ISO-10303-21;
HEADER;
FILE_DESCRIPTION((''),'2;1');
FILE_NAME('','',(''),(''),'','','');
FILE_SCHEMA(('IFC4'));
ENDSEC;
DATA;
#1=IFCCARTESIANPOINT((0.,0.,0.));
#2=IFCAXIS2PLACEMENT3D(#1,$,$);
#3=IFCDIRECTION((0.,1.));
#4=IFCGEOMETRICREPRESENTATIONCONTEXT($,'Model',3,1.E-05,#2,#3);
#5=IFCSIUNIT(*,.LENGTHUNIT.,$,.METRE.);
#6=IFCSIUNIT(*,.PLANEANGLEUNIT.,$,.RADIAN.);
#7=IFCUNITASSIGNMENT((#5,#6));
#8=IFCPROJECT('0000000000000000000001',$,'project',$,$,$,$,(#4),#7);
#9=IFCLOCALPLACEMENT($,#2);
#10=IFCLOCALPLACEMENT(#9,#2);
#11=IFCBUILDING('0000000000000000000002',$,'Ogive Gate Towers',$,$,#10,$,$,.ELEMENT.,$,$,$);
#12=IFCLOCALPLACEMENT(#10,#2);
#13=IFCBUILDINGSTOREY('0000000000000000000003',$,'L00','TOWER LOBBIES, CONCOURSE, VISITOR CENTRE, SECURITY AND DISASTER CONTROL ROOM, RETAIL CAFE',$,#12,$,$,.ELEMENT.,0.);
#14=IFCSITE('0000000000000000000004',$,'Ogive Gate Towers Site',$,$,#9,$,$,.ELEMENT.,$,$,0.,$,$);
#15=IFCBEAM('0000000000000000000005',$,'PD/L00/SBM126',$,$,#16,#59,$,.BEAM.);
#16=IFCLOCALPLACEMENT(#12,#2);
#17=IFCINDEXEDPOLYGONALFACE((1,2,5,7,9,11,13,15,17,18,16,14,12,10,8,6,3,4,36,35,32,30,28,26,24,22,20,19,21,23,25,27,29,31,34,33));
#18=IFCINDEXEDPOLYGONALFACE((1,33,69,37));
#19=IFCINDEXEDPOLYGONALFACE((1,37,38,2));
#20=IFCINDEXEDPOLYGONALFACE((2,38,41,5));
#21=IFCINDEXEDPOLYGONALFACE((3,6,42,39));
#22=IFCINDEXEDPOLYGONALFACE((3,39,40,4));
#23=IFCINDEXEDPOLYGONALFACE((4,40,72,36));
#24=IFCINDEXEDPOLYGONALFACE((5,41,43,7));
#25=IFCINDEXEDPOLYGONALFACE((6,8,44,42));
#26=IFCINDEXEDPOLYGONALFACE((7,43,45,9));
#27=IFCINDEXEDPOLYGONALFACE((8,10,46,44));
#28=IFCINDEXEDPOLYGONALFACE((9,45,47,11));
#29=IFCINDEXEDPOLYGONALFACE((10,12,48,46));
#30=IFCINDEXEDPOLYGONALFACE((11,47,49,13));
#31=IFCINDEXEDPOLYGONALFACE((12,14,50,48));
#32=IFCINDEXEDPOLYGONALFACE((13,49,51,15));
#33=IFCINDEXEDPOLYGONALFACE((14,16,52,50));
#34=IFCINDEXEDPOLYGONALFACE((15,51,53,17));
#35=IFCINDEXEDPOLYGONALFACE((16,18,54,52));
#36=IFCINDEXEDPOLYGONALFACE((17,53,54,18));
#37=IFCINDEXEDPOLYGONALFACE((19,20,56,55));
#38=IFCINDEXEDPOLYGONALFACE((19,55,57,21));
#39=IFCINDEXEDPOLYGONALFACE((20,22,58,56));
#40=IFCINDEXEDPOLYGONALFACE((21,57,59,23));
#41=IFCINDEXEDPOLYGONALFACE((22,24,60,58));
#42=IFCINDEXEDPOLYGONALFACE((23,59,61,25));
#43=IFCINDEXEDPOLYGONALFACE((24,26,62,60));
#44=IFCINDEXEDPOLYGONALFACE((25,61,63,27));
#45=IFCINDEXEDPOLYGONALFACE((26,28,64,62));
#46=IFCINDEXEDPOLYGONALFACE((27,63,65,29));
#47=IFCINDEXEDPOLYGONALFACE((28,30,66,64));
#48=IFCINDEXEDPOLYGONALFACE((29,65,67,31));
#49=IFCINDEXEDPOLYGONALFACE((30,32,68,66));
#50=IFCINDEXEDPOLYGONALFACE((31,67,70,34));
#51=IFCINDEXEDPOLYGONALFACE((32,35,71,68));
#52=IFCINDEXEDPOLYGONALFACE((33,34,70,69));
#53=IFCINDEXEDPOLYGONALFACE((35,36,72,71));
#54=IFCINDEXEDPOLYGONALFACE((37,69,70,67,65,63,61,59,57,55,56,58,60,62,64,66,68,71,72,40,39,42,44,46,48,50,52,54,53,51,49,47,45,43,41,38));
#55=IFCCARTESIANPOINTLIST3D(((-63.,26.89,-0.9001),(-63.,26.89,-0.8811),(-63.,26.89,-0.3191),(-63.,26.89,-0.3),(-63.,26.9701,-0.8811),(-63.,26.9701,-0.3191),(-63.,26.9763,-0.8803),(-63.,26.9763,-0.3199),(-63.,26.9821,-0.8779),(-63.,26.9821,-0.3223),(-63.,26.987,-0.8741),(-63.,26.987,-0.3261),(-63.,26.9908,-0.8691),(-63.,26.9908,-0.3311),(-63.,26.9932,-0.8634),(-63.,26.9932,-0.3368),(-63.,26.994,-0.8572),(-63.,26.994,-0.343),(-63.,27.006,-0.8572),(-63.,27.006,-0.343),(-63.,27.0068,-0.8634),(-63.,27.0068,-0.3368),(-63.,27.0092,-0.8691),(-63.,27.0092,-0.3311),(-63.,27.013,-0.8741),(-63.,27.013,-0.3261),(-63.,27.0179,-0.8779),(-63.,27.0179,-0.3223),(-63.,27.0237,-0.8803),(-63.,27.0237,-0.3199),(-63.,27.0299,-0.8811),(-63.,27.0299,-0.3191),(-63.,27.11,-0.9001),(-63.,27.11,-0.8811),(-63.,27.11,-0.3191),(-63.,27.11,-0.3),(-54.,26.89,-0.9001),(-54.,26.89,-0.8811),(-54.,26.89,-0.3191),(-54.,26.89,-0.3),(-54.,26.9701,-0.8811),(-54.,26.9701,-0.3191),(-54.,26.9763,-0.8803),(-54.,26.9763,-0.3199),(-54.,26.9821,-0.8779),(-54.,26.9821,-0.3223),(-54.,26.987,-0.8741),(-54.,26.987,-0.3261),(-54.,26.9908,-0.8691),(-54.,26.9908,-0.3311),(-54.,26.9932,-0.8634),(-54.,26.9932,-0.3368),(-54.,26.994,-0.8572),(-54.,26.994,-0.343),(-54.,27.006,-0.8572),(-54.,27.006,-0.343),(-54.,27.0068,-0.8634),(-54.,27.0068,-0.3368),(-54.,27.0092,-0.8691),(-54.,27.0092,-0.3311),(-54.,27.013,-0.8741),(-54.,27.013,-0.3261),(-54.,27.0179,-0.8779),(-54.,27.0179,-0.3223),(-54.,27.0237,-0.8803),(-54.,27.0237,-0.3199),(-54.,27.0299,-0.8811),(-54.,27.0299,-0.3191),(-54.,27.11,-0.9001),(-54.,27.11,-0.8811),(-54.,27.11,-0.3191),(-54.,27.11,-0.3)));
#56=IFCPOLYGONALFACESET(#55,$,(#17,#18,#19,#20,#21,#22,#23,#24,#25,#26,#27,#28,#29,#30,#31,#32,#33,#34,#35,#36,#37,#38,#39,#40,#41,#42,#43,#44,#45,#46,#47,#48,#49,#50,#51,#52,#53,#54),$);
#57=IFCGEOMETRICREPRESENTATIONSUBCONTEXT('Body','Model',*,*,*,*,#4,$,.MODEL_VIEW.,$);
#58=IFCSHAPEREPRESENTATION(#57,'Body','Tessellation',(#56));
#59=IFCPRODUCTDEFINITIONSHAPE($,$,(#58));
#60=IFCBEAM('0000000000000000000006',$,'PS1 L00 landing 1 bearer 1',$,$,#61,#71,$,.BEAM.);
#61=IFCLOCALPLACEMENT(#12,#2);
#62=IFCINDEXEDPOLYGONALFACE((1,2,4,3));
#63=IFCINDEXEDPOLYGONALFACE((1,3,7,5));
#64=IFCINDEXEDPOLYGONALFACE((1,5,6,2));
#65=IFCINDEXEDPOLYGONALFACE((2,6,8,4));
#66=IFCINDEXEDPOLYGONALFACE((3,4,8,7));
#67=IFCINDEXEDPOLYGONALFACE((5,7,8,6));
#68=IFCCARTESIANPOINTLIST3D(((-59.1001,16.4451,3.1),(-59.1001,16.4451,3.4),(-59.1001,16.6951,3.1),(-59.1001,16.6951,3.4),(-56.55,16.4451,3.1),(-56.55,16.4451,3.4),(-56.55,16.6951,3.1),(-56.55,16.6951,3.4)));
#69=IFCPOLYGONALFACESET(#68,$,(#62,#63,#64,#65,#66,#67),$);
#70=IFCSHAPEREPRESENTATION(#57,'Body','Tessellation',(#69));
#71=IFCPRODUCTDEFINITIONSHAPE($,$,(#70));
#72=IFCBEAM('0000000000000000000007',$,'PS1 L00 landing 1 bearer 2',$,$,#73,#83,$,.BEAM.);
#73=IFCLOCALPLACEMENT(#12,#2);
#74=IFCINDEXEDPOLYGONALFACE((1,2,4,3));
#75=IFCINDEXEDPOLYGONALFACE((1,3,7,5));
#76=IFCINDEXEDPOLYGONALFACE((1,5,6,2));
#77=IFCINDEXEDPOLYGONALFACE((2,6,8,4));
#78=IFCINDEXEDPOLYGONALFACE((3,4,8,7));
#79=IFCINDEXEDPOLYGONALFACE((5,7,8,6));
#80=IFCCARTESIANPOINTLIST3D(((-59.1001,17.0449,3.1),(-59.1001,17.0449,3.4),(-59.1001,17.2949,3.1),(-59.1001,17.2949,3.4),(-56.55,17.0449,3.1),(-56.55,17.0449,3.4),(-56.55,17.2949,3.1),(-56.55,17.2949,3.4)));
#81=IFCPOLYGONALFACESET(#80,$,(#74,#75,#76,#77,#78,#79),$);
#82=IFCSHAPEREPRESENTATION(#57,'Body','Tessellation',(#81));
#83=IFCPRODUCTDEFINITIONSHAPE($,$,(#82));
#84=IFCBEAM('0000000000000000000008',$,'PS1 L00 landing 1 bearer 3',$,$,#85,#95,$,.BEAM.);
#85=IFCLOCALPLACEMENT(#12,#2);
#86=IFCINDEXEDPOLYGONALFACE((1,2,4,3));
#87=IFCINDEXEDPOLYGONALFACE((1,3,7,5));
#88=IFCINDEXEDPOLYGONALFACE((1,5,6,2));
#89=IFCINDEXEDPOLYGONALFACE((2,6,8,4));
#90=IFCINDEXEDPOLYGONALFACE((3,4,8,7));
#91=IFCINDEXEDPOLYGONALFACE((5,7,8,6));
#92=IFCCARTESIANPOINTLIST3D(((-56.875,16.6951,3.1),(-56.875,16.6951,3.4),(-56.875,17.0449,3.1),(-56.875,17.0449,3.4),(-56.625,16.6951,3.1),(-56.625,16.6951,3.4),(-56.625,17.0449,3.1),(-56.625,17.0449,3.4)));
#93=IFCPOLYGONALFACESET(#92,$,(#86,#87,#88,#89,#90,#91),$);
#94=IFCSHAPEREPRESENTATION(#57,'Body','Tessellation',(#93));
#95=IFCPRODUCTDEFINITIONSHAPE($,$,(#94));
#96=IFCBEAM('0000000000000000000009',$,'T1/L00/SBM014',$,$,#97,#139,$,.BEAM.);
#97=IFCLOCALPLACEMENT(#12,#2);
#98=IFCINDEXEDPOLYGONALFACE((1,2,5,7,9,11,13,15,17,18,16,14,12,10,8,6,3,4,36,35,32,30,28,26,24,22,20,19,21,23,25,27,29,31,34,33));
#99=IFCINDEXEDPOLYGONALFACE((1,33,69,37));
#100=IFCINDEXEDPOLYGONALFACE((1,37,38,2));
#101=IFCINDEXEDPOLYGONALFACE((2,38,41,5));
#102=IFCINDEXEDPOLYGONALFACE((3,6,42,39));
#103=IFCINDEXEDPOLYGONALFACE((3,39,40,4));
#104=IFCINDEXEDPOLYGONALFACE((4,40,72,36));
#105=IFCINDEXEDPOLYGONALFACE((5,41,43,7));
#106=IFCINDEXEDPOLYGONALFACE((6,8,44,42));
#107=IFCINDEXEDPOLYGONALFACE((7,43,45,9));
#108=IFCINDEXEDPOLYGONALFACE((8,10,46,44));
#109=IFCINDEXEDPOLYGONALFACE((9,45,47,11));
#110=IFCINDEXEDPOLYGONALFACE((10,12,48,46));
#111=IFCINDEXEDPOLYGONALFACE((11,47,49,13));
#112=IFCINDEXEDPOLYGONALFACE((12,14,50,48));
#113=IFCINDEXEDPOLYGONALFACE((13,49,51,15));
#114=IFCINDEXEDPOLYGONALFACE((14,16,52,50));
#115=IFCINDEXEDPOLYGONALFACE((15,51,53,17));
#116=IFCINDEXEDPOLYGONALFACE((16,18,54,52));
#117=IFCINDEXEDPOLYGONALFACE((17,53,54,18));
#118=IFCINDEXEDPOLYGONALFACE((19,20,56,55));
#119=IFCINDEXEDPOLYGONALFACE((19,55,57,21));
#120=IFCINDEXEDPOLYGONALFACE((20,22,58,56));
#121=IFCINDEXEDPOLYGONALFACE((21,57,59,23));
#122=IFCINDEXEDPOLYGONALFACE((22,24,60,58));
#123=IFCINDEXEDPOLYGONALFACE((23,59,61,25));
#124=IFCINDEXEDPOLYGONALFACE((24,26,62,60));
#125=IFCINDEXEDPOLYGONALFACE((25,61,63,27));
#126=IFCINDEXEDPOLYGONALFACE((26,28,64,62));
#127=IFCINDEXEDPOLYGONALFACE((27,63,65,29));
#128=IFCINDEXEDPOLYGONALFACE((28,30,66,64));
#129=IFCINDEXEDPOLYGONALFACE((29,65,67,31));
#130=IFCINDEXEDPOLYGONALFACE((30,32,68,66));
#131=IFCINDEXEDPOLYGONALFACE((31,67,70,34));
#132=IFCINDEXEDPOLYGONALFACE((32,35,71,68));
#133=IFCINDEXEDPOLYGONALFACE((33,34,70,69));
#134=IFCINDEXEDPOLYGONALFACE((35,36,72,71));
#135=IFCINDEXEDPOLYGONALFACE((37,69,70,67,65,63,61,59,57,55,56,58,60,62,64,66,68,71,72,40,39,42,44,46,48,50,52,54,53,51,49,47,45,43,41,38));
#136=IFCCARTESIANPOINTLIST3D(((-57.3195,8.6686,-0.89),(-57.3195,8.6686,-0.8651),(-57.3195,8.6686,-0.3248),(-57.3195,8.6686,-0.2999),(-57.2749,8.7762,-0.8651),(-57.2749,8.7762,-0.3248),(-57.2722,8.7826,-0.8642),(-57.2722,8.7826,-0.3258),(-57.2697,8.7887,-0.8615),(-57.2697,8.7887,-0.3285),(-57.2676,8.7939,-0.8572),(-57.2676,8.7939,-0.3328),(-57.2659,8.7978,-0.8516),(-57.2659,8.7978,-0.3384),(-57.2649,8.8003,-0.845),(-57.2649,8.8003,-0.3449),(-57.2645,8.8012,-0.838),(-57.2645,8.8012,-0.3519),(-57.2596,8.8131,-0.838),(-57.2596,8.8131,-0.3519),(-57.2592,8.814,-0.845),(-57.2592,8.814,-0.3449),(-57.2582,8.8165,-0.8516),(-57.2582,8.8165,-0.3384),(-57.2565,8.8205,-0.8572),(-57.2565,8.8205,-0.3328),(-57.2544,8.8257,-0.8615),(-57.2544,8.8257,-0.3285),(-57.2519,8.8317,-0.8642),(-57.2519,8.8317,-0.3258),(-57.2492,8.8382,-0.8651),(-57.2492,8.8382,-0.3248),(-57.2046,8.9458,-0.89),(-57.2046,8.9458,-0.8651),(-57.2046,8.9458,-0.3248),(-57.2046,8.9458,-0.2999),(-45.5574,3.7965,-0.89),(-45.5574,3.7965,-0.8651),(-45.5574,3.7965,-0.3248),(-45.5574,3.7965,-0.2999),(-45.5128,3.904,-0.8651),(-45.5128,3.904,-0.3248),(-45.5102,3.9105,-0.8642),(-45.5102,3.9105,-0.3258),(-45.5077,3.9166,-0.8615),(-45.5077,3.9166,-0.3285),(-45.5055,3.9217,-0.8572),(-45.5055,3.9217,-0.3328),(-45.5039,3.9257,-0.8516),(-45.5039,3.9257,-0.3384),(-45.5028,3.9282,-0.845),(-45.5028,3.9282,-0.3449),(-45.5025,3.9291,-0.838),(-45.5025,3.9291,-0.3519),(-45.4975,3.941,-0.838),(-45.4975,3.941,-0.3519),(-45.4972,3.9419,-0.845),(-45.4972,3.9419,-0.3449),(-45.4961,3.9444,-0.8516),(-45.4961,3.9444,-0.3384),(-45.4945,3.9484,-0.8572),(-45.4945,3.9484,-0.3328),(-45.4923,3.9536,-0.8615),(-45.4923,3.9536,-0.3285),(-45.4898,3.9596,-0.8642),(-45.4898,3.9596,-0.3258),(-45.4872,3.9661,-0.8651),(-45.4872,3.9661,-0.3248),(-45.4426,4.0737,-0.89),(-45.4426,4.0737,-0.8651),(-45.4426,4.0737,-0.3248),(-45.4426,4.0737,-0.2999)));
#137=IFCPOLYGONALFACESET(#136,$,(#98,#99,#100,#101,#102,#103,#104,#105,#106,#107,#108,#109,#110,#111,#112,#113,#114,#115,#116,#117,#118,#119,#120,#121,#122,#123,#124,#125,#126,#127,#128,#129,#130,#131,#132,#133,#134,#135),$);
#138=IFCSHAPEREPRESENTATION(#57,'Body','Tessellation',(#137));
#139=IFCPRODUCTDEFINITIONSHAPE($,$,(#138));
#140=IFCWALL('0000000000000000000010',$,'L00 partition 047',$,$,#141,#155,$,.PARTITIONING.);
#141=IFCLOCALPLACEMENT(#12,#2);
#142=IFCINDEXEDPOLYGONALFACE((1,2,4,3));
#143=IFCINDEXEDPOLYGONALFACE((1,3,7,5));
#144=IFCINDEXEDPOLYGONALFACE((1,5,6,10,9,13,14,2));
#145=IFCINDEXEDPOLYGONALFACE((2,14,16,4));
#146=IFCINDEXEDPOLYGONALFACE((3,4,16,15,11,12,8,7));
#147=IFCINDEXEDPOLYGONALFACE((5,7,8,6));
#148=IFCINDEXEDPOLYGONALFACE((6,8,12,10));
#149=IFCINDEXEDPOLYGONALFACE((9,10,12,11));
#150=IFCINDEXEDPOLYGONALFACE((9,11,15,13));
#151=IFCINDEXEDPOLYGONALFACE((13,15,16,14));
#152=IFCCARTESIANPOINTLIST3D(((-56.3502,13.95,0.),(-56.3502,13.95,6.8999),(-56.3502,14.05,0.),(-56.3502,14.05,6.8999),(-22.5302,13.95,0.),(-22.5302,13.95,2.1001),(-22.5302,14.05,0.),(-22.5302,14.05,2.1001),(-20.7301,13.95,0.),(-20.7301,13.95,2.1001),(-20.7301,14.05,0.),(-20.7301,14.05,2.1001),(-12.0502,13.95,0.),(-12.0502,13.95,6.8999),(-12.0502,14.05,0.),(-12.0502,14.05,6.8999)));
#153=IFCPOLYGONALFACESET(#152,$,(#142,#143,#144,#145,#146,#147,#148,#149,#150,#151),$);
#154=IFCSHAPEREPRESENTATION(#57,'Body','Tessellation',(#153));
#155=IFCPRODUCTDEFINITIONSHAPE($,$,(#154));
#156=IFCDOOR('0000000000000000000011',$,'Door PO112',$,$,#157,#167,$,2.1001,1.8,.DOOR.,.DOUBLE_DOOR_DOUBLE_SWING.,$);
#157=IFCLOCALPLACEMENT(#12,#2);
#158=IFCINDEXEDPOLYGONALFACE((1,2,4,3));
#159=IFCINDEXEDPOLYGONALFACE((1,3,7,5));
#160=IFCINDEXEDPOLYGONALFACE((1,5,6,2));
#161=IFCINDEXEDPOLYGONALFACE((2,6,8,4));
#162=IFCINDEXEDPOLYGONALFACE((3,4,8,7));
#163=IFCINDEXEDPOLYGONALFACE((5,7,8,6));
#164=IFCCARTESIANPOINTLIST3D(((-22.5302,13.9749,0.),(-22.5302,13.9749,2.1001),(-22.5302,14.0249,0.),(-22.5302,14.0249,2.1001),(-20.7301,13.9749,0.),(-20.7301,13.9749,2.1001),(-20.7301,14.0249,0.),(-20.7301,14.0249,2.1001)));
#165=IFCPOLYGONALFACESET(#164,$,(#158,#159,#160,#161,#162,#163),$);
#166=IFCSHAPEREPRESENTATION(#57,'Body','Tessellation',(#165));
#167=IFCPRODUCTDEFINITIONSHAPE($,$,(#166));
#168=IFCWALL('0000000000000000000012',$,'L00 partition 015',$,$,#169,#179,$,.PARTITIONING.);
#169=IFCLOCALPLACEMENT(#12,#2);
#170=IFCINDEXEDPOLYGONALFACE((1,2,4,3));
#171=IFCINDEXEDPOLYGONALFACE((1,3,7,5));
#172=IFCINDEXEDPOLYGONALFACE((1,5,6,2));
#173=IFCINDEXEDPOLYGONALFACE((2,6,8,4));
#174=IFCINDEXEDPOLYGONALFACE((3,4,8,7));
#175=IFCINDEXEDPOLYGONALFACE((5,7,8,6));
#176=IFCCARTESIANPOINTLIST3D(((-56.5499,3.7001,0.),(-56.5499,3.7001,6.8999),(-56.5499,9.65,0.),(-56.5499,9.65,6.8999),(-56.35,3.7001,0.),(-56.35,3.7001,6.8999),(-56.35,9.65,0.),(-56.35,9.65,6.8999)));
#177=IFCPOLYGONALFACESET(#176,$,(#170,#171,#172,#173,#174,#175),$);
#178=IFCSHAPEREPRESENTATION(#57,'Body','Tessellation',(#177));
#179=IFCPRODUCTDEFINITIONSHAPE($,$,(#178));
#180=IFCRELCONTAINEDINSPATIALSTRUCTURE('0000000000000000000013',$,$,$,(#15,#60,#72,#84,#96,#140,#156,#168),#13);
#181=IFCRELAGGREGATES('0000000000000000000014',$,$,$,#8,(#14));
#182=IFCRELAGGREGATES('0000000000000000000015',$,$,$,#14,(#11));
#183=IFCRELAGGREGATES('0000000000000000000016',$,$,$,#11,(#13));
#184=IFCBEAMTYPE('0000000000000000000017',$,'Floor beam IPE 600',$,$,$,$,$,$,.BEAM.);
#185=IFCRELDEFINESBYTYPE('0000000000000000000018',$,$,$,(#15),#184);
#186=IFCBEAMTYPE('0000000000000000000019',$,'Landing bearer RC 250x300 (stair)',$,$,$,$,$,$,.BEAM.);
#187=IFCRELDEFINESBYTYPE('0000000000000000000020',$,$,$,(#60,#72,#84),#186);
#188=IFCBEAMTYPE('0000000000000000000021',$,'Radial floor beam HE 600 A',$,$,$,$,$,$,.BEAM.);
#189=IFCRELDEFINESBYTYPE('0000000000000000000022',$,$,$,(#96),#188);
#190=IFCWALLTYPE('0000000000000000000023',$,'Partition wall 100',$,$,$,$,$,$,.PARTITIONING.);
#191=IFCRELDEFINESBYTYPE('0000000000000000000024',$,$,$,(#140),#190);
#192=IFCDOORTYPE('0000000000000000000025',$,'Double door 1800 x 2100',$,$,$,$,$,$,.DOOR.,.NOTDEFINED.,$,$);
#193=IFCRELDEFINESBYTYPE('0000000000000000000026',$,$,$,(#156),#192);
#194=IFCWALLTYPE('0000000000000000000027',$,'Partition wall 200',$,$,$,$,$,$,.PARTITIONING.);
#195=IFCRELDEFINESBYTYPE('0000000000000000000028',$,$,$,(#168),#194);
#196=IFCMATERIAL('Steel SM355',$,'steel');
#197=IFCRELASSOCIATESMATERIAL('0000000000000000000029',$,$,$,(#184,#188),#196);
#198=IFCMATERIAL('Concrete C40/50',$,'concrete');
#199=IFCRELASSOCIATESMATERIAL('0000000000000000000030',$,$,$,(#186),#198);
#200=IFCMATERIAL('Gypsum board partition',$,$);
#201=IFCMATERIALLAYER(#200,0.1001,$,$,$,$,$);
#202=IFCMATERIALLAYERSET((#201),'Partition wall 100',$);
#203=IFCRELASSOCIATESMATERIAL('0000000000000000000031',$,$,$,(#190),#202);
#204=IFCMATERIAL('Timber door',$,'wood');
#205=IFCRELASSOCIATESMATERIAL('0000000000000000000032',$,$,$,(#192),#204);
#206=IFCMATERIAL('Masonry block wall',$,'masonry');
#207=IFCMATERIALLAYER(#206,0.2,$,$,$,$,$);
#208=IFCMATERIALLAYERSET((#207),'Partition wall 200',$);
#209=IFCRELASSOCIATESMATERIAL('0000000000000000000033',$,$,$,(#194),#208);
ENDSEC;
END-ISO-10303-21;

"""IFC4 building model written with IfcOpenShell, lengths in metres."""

from ifc_helpers import new_model, si_unit, direction, frame, frame_2d, origin, origin_2d, place, context, subcontext, project, spatial, rectangle, i_section, extrude, material, layer, layer_set, material_profile, profile_set, type_object, element, fill, save


model = new_model("IFC4")

# Units and contexts
model_context = context("Model", 3, precision=1e-05, world=origin(), true_north=direction((0.0, 1.0)))
body_context = subcontext(model_context, "Body", "Model", "MODEL_VIEW")
ifc_project = project(units=[si_unit("LENGTHUNIT", "METRE"), si_unit("PLANEANGLEUNIT", "RADIAN")], contexts=[model_context])

# Site, building, storey
site_placement = place(None, origin())
site = spatial("IfcSite", under=ifc_project, at=site_placement, Name="Ogive Gate Towers Site", CompositionType="ELEMENT", RefElevation=0.0)
building_placement = place(site_placement, origin())
building = spatial("IfcBuilding", under=site, at=building_placement, Name="Ogive Gate Towers", CompositionType="ELEMENT")
storey_placement = place(building_placement, origin())
storey = spatial("IfcBuildingStorey", under=building, at=storey_placement, Name="L00", Description="TOWER LOBBIES, CONCOURSE, VISITOR CENTRE, SECURITY AND DISASTER CONTROL ROOM, RETAIL CAFE", CompositionType="ELEMENT", Elevation=0.0)

# Beams
ifc_material_1 = material(Name="Steel SM355", Category="steel")
ifc_material_profile_1 = material_profile(ifc_material_1, i_section(OverallWidth=0.22, OverallDepth=0.6001, WebThickness=0.012, FlangeThickness=0.019, FilletRadius=0.0239, at=origin_2d()), Name="IPE 600")
ifc_profile_set_1 = profile_set([ifc_material_profile_1], Name="Steel SM355")
beam_type_1 = type_object("IfcBeamType", Name="Floor beam IPE 600", PredefinedType="BEAM", material=ifc_profile_set_1)
beam_1_placement = place(storey_placement, frame((-63.0, 27.0, -0.6001), z_axis=(1.0, 0.0, 0.0), x_axis=(0.0, 1.0, 0.0)))
element("IfcBeam", 1, at=beam_1_placement, inside=storey, type_object=beam_type_1, Name="PD/L00/SBM126", PredefinedType="BEAM", context=body_context, shape_type="SweptSolid", body=[
    extrude(i_section(OverallWidth=0.22, OverallDepth=0.6001, WebThickness=0.012, FlangeThickness=0.019, FilletRadius=0.0239, at=origin_2d()), origin(), (0.0, 0.0, 1.0), 9.0),
])
ifc_material_2 = material(Name="Concrete C40/50", Category="concrete")
ifc_material_profile_2 = material_profile(ifc_material_2, rectangle(XDim=0.25, YDim=0.3, at=origin_2d()), Name="RC 250x300")
ifc_profile_set_2 = profile_set([ifc_material_profile_2], Name="Concrete C40/50")
beam_type_2 = type_object("IfcBeamType", Name="Landing bearer RC 250x300 (stair)", PredefinedType="BEAM", material=ifc_profile_set_2)
for number, where, z_axis, x_axis, name in (
    (2, (-56.55, 16.5701, 3.25), (-1.0, 0.0, 0.0), (0.0, -1.0, 0.0), "PS1 L00 landing 1 bearer 1"),
    (3, (-56.55, 17.1699, 3.25), (-1.0, 0.0, 0.0), (0.0, -1.0, 0.0), "PS1 L00 landing 1 bearer 2"),
):
    element("IfcBeam", number, at=place(storey_placement, frame(where, z_axis=z_axis, x_axis=x_axis)), inside=storey, type_object=beam_type_2, Name=name, PredefinedType="BEAM", context=body_context, shape_type="SweptSolid", body=[
        extrude(rectangle(XDim=0.25, YDim=0.3, at=origin_2d()), origin(), (0.0, 0.0, 1.0), 2.55),
    ])
beam_2_placement = place(storey_placement, frame((-56.75, 16.6951, 3.25), z_axis=(0.0, 1.0, 0.0), x_axis=(-1.0, 0.0, 0.0)))
element("IfcBeam", 4, at=beam_2_placement, inside=storey, type_object=beam_type_2, Name="PS1 L00 landing 1 bearer 3", PredefinedType="BEAM", context=body_context, shape_type="SweptSolid", body=[
    extrude(rectangle(XDim=0.25, YDim=0.3, at=origin_2d()), origin(), (0.0, 0.0, 1.0), 0.3499),
])
ifc_material_profile_3 = material_profile(ifc_material_1, i_section(OverallWidth=0.3, OverallDepth=0.5901, WebThickness=0.0129, FlangeThickness=0.0249, FilletRadius=0.0271, at=origin_2d()), Name="HE 600 A")
ifc_profile_set_3 = profile_set([ifc_material_profile_3], Name="Steel SM355")
beam_type_3 = type_object("IfcBeamType", Name="Radial floor beam HE 600 A", PredefinedType="BEAM", material=ifc_profile_set_3)
beam_3_placement = place(storey_placement, frame((-45.5, 3.9351, -0.595), z_axis=(-0.923877, 0.382691, 0.0), x_axis=(-0.382691, -0.923877, 0.0)))
element("IfcBeam", 5, at=beam_3_placement, inside=storey, type_object=beam_type_3, Name="T1/L00/SBM014", PredefinedType="BEAM", context=body_context, shape_type="SweptSolid", body=[
    extrude(i_section(OverallWidth=0.3, OverallDepth=0.5901, WebThickness=0.0129, FlangeThickness=0.0249, FilletRadius=0.0271, at=origin_2d()), origin(), (0.0, 0.0, 1.0), 12.7312),
])

# Wall, opening, door
ifc_material_3 = material(Name="Gypsum board partition")
ifc_layer_1 = layer(ifc_material_3, 0.1001)
ifc_layer_set_1 = layer_set([ifc_layer_1], Name="Partition wall 100")
wall_type_1 = type_object("IfcWallType", Name="Partition wall 100", PredefinedType="PARTITIONING", material=ifc_layer_set_1)
wall_1_placement = place(storey_placement, frame((-56.3501, 14.0, 0.0), z_axis=(0.0, 0.0, 1.0), x_axis=(1.0, 0.0, 0.0)))
wall_1 = element("IfcWall", 6, at=wall_1_placement, inside=storey, type_object=wall_type_1, Name="L00 partition 047", PredefinedType="PARTITIONING", context=body_context, shape_type="SweptSolid", body=[
    extrude(rectangle(XDim=44.3, YDim=0.1001, at=frame_2d((22.1499, 0.0))), origin(), (0.0, 0.0, 1.0), 6.8999),
])
opening_1_placement = place(wall_1_placement, frame((33.8201, 0.0, 0.0)))
opening_1 = element("IfcOpeningElement", 7, at=opening_1_placement, cuts=wall_1, PredefinedType="OPENING", context=body_context, shape_type="SweptSolid", body=[
    extrude(rectangle(XDim=1.8, YDim=2.1001, at=frame_2d((0.8999, 1.05))), frame((0.0, 0.0601, 0.0), z_axis=(0.0, -1.0, 0.0), x_axis=(1.0, 0.0, 0.0)), (0.0, 0.0, 1.0), 0.1201),
])
ifc_material_4 = material(Name="Timber door", Category="wood")
door_type_1 = type_object("IfcDoorType", Name="Double door 1800 x 2100", OperationType="NOTDEFINED", PredefinedType="DOOR", material=ifc_material_4)
door_1_placement = place(opening_1_placement, origin())
door_1 = element("IfcDoor", 8, at=door_1_placement, inside=storey, type_object=door_type_1, Name="Door PO112", OperationType="DOUBLE_DOOR_DOUBLE_SWING", OverallHeight=2.1001, OverallWidth=1.8, PredefinedType="DOOR", context=body_context, shape_type="SweptSolid", body=[
    extrude(rectangle(XDim=1.8, YDim=2.1001, at=frame_2d((0.8999, 1.05))), frame((0.0, 0.0249, 0.0), z_axis=(0.0, -1.0, 0.0), x_axis=(1.0, 0.0, 0.0)), (0.0, 0.0, 1.0), 0.05),
])
fill(opening_1, door_1)

# Wall
ifc_material_5 = material(Name="Masonry block wall", Category="masonry")
ifc_layer_2 = layer(ifc_material_5, 0.2)
ifc_layer_set_2 = layer_set([ifc_layer_2], Name="Partition wall 200")
wall_type_2 = type_object("IfcWallType", Name="Partition wall 200", PredefinedType="PARTITIONING", material=ifc_layer_set_2)
wall_2_placement = place(storey_placement, frame((-56.45, 3.7, 0.0), z_axis=(0.0, 0.0, 1.0), x_axis=(0.0, 1.0, 0.0)))
element("IfcWall", 9, at=wall_2_placement, inside=storey, type_object=wall_type_2, Name="L00 partition 015", PredefinedType="PARTITIONING", context=body_context, shape_type="SweptSolid", body=[
    extrude(rectangle(XDim=5.95, YDim=0.2, at=frame_2d((2.9751, 0.0))), origin(), (0.0, 0.0, 1.0), 6.8999),
])

save(model, "model.ifc")
